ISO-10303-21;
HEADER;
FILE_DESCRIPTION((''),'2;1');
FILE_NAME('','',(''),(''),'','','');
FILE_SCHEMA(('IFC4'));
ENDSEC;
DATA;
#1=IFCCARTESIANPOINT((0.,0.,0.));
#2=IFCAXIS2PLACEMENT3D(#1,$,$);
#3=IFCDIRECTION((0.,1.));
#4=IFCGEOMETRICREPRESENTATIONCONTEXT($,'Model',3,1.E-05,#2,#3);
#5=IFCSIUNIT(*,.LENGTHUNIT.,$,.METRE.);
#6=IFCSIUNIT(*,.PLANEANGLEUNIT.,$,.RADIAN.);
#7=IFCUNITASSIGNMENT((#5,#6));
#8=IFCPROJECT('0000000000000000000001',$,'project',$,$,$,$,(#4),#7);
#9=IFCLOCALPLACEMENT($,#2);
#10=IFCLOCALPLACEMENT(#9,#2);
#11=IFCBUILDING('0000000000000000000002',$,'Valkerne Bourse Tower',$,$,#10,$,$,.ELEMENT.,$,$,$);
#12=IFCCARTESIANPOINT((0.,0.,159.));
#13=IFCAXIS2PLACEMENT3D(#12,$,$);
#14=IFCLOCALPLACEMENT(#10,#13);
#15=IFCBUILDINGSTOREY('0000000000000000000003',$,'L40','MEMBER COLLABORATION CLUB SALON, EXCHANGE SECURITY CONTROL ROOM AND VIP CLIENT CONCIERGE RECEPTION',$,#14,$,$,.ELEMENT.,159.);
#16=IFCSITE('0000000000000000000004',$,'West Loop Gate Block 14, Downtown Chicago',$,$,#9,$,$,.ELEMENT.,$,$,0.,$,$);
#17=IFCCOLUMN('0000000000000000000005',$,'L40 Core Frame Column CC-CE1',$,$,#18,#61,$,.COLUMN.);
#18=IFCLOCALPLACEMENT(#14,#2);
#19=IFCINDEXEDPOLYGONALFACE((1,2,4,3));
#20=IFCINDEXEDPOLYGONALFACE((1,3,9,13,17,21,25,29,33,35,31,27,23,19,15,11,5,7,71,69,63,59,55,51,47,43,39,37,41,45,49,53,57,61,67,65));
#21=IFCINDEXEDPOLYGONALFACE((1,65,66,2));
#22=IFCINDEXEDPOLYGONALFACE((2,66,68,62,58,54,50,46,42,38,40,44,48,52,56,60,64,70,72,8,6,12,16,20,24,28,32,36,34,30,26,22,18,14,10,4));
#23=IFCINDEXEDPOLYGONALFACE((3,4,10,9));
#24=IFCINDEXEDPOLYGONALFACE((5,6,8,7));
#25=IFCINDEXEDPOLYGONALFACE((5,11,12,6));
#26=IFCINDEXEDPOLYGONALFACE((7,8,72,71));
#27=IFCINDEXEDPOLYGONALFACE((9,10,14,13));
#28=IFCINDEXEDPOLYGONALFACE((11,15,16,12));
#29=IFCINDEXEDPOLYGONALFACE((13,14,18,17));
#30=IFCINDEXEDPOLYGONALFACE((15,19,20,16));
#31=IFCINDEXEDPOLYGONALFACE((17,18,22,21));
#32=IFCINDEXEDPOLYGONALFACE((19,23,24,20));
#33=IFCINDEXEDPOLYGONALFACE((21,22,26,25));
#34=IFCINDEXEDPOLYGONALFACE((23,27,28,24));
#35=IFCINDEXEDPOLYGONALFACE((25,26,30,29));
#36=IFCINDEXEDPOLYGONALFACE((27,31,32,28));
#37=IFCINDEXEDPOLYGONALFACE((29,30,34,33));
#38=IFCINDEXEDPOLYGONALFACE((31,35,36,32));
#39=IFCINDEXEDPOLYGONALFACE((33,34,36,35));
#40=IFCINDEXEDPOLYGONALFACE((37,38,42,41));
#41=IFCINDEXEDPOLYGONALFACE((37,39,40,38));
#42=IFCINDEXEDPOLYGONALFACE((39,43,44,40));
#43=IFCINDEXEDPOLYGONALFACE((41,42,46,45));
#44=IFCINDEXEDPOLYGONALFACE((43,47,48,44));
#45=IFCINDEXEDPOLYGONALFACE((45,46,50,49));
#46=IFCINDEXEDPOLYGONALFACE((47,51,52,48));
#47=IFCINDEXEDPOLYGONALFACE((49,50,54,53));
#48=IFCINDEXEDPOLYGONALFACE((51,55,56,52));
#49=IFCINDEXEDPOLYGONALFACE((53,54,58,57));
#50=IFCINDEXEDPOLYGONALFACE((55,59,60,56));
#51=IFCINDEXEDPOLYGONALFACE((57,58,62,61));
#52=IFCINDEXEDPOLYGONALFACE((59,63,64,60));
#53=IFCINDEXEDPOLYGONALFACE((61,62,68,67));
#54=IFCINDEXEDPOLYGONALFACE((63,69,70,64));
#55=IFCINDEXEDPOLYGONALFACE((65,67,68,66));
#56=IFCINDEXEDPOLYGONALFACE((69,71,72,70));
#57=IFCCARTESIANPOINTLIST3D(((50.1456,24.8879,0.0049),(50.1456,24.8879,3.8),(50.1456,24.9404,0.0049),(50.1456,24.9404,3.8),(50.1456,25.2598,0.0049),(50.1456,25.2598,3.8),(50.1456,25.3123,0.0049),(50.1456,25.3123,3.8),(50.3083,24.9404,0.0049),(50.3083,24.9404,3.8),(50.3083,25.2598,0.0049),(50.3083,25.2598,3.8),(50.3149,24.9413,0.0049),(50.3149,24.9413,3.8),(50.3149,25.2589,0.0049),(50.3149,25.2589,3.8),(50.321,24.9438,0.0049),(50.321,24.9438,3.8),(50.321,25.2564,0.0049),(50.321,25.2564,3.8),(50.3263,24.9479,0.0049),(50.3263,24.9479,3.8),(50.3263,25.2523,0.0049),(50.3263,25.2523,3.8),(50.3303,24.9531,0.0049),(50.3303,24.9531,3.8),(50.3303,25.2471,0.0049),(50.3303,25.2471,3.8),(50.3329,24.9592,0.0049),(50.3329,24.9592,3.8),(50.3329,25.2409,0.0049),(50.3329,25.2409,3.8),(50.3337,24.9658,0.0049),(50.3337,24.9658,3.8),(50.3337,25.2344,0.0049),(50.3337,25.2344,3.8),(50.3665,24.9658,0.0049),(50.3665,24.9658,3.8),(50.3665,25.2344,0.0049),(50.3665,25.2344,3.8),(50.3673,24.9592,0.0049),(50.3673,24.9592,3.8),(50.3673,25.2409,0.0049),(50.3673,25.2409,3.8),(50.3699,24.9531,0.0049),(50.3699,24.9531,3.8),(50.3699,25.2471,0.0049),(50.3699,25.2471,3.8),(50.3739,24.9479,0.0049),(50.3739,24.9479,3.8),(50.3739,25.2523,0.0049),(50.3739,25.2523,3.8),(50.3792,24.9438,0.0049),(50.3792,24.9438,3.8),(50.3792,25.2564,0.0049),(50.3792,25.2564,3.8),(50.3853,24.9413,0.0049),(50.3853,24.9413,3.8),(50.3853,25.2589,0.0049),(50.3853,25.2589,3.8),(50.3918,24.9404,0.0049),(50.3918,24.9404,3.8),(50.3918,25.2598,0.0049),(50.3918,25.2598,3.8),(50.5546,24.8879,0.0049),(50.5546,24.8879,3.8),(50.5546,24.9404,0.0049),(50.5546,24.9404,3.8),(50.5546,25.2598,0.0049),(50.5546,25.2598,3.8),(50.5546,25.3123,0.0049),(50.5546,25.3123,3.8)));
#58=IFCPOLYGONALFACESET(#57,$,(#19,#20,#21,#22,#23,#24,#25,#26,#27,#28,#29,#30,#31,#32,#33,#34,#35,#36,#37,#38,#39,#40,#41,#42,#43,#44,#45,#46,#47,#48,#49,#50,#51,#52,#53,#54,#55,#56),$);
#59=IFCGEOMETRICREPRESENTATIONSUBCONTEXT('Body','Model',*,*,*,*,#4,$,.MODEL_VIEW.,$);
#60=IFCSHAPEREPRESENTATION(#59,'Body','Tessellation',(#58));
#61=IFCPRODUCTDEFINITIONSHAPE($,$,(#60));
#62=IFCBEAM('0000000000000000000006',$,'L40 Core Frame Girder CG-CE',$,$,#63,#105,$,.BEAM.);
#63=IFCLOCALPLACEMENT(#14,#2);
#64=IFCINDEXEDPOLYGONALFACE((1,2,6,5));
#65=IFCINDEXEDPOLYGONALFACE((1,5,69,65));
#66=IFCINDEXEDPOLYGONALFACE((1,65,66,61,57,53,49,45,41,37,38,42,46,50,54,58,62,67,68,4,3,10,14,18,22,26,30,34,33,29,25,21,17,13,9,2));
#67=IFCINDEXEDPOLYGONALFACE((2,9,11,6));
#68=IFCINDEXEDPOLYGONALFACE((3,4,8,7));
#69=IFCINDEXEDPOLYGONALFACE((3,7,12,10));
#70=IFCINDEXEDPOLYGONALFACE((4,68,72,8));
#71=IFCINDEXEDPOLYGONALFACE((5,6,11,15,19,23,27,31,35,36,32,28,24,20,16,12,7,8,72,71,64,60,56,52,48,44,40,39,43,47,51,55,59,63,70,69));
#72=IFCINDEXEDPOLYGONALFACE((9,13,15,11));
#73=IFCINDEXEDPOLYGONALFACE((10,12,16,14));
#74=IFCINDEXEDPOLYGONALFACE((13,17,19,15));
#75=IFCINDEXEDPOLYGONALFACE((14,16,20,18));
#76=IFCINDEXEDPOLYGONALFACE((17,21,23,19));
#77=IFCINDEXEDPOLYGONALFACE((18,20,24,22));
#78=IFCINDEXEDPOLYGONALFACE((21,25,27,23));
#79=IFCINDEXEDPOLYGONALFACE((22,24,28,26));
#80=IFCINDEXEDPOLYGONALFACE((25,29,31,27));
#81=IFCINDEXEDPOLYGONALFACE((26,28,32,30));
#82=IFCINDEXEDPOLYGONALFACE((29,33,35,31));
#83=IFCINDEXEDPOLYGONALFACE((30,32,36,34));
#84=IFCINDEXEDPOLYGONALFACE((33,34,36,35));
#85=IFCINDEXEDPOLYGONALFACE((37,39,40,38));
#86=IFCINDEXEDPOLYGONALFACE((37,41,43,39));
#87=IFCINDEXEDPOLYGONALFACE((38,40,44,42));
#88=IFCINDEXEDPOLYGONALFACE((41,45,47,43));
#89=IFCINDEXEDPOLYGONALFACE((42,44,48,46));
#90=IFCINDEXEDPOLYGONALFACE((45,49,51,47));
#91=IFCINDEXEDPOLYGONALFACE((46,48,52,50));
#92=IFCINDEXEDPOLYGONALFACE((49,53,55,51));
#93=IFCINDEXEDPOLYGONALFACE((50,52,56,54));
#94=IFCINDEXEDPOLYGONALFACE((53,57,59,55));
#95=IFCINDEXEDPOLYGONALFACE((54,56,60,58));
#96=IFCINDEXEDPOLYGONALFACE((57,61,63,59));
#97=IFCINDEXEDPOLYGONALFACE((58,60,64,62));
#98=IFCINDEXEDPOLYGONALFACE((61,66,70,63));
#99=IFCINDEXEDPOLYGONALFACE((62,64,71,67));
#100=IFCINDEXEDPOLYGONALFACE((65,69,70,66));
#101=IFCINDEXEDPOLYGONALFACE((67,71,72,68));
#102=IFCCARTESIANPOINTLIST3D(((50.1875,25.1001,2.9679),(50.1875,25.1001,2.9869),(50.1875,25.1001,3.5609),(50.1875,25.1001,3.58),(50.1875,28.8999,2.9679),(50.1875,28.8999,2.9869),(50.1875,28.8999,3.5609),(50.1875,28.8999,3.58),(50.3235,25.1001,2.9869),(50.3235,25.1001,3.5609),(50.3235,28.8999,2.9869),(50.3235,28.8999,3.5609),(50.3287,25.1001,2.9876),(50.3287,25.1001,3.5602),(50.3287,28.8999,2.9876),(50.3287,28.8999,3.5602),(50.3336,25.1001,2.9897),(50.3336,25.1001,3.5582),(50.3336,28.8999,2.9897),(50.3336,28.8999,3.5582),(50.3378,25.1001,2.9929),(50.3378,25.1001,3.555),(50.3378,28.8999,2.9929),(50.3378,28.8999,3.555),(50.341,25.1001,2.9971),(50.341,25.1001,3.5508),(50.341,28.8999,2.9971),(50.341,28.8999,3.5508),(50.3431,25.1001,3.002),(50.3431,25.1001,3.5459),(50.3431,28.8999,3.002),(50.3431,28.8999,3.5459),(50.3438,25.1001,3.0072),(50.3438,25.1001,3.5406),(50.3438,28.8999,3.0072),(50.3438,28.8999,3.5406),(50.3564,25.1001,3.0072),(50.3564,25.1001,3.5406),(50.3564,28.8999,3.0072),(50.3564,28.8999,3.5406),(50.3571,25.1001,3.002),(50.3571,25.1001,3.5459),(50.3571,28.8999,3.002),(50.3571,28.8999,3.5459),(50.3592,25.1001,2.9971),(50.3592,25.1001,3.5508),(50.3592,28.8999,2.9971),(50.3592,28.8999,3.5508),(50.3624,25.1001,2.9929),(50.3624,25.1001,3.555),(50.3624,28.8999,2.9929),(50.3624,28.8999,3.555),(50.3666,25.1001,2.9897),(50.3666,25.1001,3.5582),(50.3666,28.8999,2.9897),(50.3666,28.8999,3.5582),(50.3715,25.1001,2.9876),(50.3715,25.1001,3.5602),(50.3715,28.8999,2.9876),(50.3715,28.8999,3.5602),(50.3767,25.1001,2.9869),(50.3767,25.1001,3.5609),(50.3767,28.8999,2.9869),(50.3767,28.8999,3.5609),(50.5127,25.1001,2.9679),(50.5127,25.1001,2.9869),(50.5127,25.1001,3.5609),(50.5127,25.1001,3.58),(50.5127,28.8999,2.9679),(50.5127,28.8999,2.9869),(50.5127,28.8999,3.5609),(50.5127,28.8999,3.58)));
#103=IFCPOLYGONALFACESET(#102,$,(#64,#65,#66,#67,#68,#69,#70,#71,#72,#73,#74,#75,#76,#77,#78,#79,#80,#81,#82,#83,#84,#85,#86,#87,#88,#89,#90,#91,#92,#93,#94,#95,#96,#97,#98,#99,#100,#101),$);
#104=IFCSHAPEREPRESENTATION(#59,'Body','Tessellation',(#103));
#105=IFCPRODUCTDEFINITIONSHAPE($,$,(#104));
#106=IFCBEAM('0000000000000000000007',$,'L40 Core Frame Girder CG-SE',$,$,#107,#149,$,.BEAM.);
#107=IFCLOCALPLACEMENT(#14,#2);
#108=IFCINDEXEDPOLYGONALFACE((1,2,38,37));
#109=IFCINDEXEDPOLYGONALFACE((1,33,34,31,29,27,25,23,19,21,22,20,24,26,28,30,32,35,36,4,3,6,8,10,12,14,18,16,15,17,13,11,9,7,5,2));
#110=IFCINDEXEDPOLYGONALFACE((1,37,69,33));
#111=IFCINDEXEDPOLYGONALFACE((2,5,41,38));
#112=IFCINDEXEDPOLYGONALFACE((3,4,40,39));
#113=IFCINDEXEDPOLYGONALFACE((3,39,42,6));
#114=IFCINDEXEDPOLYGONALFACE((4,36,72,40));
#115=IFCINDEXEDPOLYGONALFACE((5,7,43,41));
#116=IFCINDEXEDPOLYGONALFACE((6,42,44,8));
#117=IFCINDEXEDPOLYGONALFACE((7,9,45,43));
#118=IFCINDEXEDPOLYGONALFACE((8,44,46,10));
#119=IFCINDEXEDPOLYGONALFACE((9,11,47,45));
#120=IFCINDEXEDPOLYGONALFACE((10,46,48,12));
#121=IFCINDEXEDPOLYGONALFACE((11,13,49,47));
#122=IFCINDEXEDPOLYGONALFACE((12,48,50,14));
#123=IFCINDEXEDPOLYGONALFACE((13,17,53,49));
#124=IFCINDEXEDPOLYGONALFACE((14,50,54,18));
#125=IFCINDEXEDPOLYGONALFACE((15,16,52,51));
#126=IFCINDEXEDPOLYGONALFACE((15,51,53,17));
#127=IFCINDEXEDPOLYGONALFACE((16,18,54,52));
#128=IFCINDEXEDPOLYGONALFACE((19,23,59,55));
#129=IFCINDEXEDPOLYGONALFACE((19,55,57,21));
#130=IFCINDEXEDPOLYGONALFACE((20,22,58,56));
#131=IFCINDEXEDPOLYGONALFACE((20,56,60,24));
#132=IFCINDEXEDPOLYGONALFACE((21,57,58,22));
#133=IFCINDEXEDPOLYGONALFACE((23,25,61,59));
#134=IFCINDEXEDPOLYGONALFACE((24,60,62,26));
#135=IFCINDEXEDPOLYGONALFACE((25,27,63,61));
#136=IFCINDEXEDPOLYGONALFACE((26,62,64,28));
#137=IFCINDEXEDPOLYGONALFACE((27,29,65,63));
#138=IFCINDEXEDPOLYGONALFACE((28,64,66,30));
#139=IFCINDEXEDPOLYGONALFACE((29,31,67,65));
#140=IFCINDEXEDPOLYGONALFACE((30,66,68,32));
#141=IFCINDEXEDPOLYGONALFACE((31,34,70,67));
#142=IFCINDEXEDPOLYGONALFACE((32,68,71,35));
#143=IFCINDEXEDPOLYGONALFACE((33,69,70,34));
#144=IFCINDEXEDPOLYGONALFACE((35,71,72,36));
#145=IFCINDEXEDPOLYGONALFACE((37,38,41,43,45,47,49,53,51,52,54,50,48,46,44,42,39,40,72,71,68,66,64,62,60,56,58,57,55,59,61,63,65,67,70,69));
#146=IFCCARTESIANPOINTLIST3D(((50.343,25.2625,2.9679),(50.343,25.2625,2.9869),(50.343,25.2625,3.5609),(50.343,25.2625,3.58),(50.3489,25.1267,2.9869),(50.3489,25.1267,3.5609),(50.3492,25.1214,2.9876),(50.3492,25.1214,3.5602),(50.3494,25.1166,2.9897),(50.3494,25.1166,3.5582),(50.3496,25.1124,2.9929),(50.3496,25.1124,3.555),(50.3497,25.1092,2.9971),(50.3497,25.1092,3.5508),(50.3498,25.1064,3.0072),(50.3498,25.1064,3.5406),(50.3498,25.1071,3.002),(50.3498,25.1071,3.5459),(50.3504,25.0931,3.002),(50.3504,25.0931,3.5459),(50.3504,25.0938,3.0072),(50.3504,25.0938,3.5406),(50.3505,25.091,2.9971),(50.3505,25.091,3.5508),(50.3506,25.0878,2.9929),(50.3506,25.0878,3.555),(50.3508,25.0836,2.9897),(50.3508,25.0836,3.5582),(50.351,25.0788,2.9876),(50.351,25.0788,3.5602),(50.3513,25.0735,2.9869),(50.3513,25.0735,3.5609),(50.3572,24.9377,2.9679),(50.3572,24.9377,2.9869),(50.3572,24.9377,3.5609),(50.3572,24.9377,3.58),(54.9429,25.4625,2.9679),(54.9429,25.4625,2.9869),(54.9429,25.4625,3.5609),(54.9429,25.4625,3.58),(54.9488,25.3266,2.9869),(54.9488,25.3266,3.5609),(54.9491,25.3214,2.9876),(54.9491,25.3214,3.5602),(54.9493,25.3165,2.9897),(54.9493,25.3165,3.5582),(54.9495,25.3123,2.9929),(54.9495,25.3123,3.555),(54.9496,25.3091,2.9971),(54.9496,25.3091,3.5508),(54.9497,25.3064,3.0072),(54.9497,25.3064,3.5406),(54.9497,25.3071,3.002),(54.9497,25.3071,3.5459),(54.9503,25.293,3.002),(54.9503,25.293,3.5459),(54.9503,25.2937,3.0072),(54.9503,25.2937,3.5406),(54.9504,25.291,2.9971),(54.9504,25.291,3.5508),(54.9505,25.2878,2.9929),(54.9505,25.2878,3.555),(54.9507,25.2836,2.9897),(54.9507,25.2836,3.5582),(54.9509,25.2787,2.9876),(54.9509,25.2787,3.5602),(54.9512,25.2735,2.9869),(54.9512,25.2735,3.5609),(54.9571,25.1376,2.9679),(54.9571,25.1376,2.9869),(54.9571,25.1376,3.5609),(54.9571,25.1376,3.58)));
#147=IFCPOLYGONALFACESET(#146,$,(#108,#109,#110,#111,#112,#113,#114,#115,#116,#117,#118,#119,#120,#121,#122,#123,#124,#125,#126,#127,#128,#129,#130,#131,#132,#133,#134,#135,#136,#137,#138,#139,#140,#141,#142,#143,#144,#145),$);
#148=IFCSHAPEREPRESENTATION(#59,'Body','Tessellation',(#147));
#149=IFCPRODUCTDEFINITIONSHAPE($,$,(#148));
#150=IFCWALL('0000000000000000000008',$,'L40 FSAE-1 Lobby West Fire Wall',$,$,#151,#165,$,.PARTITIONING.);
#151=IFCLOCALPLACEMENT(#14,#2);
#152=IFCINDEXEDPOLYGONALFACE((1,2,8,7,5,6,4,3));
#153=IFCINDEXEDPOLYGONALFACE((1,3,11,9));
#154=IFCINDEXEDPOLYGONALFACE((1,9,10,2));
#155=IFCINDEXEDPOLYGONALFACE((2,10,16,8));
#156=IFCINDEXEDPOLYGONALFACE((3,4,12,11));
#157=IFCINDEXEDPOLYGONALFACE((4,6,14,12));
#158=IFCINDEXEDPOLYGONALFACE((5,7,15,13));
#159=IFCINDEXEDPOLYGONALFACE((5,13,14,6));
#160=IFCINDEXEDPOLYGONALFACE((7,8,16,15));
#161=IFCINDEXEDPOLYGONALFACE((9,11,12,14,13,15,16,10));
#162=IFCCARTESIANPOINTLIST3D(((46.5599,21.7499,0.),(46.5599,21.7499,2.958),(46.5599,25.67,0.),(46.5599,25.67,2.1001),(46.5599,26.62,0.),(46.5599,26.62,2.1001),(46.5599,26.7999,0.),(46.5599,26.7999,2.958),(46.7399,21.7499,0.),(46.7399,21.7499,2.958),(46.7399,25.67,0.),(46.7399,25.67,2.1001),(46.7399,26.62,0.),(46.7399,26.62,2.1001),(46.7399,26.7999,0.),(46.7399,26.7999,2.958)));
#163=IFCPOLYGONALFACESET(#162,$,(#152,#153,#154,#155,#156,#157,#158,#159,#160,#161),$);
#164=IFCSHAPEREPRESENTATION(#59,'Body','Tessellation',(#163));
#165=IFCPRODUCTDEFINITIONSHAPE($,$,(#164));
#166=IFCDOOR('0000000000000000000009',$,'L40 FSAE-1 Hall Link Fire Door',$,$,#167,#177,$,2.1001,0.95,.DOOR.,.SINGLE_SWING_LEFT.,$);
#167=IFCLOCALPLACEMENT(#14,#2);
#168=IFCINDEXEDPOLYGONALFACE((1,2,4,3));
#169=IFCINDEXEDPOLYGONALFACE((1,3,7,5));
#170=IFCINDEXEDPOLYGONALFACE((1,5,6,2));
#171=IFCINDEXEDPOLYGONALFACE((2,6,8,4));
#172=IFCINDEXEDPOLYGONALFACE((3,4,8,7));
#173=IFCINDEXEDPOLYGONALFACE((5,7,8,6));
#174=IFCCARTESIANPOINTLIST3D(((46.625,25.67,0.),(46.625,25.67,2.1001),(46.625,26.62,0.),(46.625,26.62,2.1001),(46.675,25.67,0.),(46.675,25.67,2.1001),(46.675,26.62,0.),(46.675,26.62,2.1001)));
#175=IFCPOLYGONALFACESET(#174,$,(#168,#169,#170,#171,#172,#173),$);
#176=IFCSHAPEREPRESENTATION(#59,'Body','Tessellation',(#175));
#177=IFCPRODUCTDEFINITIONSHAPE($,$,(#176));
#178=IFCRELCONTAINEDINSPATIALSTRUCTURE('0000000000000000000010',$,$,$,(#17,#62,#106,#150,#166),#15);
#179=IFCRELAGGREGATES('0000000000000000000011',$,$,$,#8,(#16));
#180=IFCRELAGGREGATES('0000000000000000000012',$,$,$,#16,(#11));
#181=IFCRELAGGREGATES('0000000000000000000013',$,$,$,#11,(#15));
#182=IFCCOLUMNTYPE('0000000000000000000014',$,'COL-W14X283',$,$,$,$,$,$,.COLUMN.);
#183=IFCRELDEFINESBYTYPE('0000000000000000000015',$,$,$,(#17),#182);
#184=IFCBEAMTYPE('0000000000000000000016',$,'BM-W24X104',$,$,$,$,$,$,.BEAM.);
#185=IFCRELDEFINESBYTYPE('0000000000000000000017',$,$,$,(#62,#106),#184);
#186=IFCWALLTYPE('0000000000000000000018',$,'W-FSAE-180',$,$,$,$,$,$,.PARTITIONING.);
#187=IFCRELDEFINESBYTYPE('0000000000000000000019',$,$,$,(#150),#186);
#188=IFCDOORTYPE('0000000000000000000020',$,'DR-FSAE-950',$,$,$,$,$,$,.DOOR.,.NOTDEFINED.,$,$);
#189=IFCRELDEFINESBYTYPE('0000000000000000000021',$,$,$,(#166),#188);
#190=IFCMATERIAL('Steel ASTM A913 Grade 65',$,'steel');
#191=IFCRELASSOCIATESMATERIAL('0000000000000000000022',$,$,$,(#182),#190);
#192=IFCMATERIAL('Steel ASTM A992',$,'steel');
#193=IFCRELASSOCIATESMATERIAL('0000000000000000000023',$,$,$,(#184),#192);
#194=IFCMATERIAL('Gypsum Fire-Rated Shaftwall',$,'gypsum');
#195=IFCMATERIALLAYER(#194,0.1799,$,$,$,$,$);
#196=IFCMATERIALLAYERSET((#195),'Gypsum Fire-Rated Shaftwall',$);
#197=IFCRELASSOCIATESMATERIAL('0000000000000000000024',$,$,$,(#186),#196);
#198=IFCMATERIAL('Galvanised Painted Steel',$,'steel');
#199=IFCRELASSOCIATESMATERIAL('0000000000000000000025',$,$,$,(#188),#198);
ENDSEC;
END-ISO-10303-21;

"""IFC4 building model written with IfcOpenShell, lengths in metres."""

from ifc_helpers import new_model, si_unit, direction, frame, frame_2d, origin, origin_2d, place, context, subcontext, project, spatial, rectangle, i_section, extrude, material, layer, layer_set, material_profile, profile_set, type_object, element, fill, save


model = new_model("IFC4")

# Units and contexts
model_context = context("Model", 3, precision=1e-05, world=origin(), true_north=direction((0.0, 1.0)))
body_context = subcontext(model_context, "Body", "Model", "MODEL_VIEW")
ifc_project = project(units=[si_unit("LENGTHUNIT", "METRE"), si_unit("PLANEANGLEUNIT", "RADIAN")], contexts=[model_context])

# Site, building, storey
site_placement = place(None, origin())
site = spatial("IfcSite", under=ifc_project, at=site_placement, Name="West Loop Gate Block 14, Downtown Chicago", CompositionType="ELEMENT", RefElevation=0.0)
building_placement = place(site_placement, origin())
building = spatial("IfcBuilding", under=site, at=building_placement, Name="Valkerne Bourse Tower", CompositionType="ELEMENT")
storey_placement = place(building_placement, frame((0.0, 0.0, 159.0)))
storey = spatial("IfcBuildingStorey", under=building, at=storey_placement, Name="L40", Description="MEMBER COLLABORATION CLUB SALON, EXCHANGE SECURITY CONTROL ROOM AND VIP CLIENT CONCIERGE RECEPTION", CompositionType="ELEMENT", Elevation=159.0)

# Column
ifc_material_1 = material(Name="Steel ASTM A913 Grade 65", Category="steel")
ifc_material_profile_1 = material_profile(ifc_material_1, i_section(OverallWidth=0.4089, OverallDepth=0.4243, WebThickness=0.0327, FlangeThickness=0.0525, FilletRadius=0.0254, at=origin_2d()), Name="W14X283")
ifc_profile_set_1 = profile_set([ifc_material_profile_1], Name="Steel ASTM A913 Grade 65")
column_type = type_object("IfcColumnType", Name="COL-W14X283", PredefinedType="COLUMN", material=ifc_profile_set_1)
column_placement = place(storey_placement, frame((50.3501, 25.1001, 0.0049), z_axis=(0.0, 0.0, 1.0), x_axis=(1.0, 0.0, 0.0)))
element("IfcColumn", 1, at=column_placement, inside=storey, type_object=column_type, Name="L40 Core Frame Column CC-CE1", PredefinedType="COLUMN", context=body_context, shape_type="SweptSolid", body=[
    extrude(i_section(OverallWidth=0.4089, OverallDepth=0.4243, WebThickness=0.0327, FlangeThickness=0.0525, FilletRadius=0.0254, at=origin_2d()), origin(), (0.0, 0.0, 1.0), 3.7952),
])

# Beams
ifc_material_2 = material(Name="Steel ASTM A992", Category="steel")
ifc_material_profile_2 = material_profile(ifc_material_2, i_section(OverallWidth=0.3252, OverallDepth=0.6121, WebThickness=0.0127, FlangeThickness=0.019, FilletRadius=0.0203, at=origin_2d()), Name="W24X104")
ifc_profile_set_2 = profile_set([ifc_material_profile_2], Name="Steel ASTM A992")
beam_type = type_object("IfcBeamType", Name="BM-W24X104", PredefinedType="BEAM", material=ifc_profile_set_2)
beam_1_placement = place(storey_placement, frame((50.3501, 25.1001, 3.2739), z_axis=(0.0, 1.0, 0.0), x_axis=(-1.0, 0.0, 0.0)))
element("IfcBeam", 2, at=beam_1_placement, inside=storey, type_object=beam_type, Name="L40 Core Frame Girder CG-CE", PredefinedType="BEAM", context=body_context, shape_type="SweptSolid", body=[
    extrude(i_section(OverallWidth=0.3252, OverallDepth=0.6121, WebThickness=0.0127, FlangeThickness=0.019, FilletRadius=0.0203, at=origin_2d()), origin(), (0.0, 0.0, 1.0), 3.7998),
])
beam_2_placement = place(storey_placement, frame((50.3501, 25.1001, 3.2739), z_axis=(0.999057, 0.043428, 0.0), x_axis=(-0.043428, 0.999057, 0.0)))
element("IfcBeam", 3, at=beam_2_placement, inside=storey, type_object=beam_type, Name="L40 Core Frame Girder CG-SE", PredefinedType="BEAM", context=body_context, shape_type="SweptSolid", body=[
    extrude(i_section(OverallWidth=0.3252, OverallDepth=0.6121, WebThickness=0.0127, FlangeThickness=0.019, FilletRadius=0.0203, at=origin_2d()), origin(), (0.0, 0.0, 1.0), 4.6042),
])

# Wall, opening, door
ifc_material_3 = material(Name="Gypsum Fire-Rated Shaftwall", Category="gypsum")
ifc_layer_1 = layer(ifc_material_3, 0.1799)
ifc_layer_set_1 = layer_set([ifc_layer_1], Name="Gypsum Fire-Rated Shaftwall")
wall_type_1 = type_object("IfcWallType", Name="W-FSAE-180", PredefinedType="PARTITIONING", material=ifc_layer_set_1)
wall_1_placement = place(storey_placement, frame((46.6499, 21.75, 0.0), z_axis=(0.0, 0.0, 1.0), x_axis=(0.0, 1.0, 0.0)))
wall_1 = element("IfcWall", 4, at=wall_1_placement, inside=storey, type_object=wall_type_1, Name="L40 FSAE-1 Lobby West Fire Wall", PredefinedType="PARTITIONING", context=body_context, shape_type="SweptSolid", body=[
    extrude(rectangle(XDim=5.05, YDim=0.1799, at=frame_2d((2.5249, 0.0))), origin(), (0.0, 0.0, 1.0), 2.958),
])
opening_1_placement = place(wall_1_placement, frame((3.9199, 0.0, 0.0)))
opening_1 = element("IfcOpeningElement", 5, at=opening_1_placement, cuts=wall_1, PredefinedType="OPENING", context=body_context, shape_type="SweptSolid", body=[
    extrude(rectangle(XDim=0.95, YDim=2.1001, at=frame_2d((0.4751, 1.05))), frame((0.0, 0.0999, 0.0), z_axis=(0.0, -1.0, 0.0), x_axis=(1.0, 0.0, 0.0)), (0.0, 0.0, 1.0), 0.2),
])
ifc_material_4 = material(Name="Galvanised Painted Steel", Category="steel")
door_type_1 = type_object("IfcDoorType", Name="DR-FSAE-950", OperationType="NOTDEFINED", PredefinedType="DOOR", material=ifc_material_4)
door_1_placement = place(opening_1_placement, origin())
door_1 = element("IfcDoor", 6, at=door_1_placement, inside=storey, type_object=door_type_1, Name="L40 FSAE-1 Hall Link Fire Door", OperationType="SINGLE_SWING_LEFT", OverallHeight=2.1001, OverallWidth=0.95, PredefinedType="DOOR", context=body_context, shape_type="SweptSolid", body=[
    extrude(rectangle(XDim=0.95, YDim=2.1001, at=frame_2d((0.4751, 1.05))), frame((0.0, 0.0249, 0.0), z_axis=(0.0, -1.0, 0.0), x_axis=(1.0, 0.0, 0.0)), (0.0, 0.0, 1.0), 0.05),
])
fill(opening_1, door_1)

save(model, "model.ifc")
